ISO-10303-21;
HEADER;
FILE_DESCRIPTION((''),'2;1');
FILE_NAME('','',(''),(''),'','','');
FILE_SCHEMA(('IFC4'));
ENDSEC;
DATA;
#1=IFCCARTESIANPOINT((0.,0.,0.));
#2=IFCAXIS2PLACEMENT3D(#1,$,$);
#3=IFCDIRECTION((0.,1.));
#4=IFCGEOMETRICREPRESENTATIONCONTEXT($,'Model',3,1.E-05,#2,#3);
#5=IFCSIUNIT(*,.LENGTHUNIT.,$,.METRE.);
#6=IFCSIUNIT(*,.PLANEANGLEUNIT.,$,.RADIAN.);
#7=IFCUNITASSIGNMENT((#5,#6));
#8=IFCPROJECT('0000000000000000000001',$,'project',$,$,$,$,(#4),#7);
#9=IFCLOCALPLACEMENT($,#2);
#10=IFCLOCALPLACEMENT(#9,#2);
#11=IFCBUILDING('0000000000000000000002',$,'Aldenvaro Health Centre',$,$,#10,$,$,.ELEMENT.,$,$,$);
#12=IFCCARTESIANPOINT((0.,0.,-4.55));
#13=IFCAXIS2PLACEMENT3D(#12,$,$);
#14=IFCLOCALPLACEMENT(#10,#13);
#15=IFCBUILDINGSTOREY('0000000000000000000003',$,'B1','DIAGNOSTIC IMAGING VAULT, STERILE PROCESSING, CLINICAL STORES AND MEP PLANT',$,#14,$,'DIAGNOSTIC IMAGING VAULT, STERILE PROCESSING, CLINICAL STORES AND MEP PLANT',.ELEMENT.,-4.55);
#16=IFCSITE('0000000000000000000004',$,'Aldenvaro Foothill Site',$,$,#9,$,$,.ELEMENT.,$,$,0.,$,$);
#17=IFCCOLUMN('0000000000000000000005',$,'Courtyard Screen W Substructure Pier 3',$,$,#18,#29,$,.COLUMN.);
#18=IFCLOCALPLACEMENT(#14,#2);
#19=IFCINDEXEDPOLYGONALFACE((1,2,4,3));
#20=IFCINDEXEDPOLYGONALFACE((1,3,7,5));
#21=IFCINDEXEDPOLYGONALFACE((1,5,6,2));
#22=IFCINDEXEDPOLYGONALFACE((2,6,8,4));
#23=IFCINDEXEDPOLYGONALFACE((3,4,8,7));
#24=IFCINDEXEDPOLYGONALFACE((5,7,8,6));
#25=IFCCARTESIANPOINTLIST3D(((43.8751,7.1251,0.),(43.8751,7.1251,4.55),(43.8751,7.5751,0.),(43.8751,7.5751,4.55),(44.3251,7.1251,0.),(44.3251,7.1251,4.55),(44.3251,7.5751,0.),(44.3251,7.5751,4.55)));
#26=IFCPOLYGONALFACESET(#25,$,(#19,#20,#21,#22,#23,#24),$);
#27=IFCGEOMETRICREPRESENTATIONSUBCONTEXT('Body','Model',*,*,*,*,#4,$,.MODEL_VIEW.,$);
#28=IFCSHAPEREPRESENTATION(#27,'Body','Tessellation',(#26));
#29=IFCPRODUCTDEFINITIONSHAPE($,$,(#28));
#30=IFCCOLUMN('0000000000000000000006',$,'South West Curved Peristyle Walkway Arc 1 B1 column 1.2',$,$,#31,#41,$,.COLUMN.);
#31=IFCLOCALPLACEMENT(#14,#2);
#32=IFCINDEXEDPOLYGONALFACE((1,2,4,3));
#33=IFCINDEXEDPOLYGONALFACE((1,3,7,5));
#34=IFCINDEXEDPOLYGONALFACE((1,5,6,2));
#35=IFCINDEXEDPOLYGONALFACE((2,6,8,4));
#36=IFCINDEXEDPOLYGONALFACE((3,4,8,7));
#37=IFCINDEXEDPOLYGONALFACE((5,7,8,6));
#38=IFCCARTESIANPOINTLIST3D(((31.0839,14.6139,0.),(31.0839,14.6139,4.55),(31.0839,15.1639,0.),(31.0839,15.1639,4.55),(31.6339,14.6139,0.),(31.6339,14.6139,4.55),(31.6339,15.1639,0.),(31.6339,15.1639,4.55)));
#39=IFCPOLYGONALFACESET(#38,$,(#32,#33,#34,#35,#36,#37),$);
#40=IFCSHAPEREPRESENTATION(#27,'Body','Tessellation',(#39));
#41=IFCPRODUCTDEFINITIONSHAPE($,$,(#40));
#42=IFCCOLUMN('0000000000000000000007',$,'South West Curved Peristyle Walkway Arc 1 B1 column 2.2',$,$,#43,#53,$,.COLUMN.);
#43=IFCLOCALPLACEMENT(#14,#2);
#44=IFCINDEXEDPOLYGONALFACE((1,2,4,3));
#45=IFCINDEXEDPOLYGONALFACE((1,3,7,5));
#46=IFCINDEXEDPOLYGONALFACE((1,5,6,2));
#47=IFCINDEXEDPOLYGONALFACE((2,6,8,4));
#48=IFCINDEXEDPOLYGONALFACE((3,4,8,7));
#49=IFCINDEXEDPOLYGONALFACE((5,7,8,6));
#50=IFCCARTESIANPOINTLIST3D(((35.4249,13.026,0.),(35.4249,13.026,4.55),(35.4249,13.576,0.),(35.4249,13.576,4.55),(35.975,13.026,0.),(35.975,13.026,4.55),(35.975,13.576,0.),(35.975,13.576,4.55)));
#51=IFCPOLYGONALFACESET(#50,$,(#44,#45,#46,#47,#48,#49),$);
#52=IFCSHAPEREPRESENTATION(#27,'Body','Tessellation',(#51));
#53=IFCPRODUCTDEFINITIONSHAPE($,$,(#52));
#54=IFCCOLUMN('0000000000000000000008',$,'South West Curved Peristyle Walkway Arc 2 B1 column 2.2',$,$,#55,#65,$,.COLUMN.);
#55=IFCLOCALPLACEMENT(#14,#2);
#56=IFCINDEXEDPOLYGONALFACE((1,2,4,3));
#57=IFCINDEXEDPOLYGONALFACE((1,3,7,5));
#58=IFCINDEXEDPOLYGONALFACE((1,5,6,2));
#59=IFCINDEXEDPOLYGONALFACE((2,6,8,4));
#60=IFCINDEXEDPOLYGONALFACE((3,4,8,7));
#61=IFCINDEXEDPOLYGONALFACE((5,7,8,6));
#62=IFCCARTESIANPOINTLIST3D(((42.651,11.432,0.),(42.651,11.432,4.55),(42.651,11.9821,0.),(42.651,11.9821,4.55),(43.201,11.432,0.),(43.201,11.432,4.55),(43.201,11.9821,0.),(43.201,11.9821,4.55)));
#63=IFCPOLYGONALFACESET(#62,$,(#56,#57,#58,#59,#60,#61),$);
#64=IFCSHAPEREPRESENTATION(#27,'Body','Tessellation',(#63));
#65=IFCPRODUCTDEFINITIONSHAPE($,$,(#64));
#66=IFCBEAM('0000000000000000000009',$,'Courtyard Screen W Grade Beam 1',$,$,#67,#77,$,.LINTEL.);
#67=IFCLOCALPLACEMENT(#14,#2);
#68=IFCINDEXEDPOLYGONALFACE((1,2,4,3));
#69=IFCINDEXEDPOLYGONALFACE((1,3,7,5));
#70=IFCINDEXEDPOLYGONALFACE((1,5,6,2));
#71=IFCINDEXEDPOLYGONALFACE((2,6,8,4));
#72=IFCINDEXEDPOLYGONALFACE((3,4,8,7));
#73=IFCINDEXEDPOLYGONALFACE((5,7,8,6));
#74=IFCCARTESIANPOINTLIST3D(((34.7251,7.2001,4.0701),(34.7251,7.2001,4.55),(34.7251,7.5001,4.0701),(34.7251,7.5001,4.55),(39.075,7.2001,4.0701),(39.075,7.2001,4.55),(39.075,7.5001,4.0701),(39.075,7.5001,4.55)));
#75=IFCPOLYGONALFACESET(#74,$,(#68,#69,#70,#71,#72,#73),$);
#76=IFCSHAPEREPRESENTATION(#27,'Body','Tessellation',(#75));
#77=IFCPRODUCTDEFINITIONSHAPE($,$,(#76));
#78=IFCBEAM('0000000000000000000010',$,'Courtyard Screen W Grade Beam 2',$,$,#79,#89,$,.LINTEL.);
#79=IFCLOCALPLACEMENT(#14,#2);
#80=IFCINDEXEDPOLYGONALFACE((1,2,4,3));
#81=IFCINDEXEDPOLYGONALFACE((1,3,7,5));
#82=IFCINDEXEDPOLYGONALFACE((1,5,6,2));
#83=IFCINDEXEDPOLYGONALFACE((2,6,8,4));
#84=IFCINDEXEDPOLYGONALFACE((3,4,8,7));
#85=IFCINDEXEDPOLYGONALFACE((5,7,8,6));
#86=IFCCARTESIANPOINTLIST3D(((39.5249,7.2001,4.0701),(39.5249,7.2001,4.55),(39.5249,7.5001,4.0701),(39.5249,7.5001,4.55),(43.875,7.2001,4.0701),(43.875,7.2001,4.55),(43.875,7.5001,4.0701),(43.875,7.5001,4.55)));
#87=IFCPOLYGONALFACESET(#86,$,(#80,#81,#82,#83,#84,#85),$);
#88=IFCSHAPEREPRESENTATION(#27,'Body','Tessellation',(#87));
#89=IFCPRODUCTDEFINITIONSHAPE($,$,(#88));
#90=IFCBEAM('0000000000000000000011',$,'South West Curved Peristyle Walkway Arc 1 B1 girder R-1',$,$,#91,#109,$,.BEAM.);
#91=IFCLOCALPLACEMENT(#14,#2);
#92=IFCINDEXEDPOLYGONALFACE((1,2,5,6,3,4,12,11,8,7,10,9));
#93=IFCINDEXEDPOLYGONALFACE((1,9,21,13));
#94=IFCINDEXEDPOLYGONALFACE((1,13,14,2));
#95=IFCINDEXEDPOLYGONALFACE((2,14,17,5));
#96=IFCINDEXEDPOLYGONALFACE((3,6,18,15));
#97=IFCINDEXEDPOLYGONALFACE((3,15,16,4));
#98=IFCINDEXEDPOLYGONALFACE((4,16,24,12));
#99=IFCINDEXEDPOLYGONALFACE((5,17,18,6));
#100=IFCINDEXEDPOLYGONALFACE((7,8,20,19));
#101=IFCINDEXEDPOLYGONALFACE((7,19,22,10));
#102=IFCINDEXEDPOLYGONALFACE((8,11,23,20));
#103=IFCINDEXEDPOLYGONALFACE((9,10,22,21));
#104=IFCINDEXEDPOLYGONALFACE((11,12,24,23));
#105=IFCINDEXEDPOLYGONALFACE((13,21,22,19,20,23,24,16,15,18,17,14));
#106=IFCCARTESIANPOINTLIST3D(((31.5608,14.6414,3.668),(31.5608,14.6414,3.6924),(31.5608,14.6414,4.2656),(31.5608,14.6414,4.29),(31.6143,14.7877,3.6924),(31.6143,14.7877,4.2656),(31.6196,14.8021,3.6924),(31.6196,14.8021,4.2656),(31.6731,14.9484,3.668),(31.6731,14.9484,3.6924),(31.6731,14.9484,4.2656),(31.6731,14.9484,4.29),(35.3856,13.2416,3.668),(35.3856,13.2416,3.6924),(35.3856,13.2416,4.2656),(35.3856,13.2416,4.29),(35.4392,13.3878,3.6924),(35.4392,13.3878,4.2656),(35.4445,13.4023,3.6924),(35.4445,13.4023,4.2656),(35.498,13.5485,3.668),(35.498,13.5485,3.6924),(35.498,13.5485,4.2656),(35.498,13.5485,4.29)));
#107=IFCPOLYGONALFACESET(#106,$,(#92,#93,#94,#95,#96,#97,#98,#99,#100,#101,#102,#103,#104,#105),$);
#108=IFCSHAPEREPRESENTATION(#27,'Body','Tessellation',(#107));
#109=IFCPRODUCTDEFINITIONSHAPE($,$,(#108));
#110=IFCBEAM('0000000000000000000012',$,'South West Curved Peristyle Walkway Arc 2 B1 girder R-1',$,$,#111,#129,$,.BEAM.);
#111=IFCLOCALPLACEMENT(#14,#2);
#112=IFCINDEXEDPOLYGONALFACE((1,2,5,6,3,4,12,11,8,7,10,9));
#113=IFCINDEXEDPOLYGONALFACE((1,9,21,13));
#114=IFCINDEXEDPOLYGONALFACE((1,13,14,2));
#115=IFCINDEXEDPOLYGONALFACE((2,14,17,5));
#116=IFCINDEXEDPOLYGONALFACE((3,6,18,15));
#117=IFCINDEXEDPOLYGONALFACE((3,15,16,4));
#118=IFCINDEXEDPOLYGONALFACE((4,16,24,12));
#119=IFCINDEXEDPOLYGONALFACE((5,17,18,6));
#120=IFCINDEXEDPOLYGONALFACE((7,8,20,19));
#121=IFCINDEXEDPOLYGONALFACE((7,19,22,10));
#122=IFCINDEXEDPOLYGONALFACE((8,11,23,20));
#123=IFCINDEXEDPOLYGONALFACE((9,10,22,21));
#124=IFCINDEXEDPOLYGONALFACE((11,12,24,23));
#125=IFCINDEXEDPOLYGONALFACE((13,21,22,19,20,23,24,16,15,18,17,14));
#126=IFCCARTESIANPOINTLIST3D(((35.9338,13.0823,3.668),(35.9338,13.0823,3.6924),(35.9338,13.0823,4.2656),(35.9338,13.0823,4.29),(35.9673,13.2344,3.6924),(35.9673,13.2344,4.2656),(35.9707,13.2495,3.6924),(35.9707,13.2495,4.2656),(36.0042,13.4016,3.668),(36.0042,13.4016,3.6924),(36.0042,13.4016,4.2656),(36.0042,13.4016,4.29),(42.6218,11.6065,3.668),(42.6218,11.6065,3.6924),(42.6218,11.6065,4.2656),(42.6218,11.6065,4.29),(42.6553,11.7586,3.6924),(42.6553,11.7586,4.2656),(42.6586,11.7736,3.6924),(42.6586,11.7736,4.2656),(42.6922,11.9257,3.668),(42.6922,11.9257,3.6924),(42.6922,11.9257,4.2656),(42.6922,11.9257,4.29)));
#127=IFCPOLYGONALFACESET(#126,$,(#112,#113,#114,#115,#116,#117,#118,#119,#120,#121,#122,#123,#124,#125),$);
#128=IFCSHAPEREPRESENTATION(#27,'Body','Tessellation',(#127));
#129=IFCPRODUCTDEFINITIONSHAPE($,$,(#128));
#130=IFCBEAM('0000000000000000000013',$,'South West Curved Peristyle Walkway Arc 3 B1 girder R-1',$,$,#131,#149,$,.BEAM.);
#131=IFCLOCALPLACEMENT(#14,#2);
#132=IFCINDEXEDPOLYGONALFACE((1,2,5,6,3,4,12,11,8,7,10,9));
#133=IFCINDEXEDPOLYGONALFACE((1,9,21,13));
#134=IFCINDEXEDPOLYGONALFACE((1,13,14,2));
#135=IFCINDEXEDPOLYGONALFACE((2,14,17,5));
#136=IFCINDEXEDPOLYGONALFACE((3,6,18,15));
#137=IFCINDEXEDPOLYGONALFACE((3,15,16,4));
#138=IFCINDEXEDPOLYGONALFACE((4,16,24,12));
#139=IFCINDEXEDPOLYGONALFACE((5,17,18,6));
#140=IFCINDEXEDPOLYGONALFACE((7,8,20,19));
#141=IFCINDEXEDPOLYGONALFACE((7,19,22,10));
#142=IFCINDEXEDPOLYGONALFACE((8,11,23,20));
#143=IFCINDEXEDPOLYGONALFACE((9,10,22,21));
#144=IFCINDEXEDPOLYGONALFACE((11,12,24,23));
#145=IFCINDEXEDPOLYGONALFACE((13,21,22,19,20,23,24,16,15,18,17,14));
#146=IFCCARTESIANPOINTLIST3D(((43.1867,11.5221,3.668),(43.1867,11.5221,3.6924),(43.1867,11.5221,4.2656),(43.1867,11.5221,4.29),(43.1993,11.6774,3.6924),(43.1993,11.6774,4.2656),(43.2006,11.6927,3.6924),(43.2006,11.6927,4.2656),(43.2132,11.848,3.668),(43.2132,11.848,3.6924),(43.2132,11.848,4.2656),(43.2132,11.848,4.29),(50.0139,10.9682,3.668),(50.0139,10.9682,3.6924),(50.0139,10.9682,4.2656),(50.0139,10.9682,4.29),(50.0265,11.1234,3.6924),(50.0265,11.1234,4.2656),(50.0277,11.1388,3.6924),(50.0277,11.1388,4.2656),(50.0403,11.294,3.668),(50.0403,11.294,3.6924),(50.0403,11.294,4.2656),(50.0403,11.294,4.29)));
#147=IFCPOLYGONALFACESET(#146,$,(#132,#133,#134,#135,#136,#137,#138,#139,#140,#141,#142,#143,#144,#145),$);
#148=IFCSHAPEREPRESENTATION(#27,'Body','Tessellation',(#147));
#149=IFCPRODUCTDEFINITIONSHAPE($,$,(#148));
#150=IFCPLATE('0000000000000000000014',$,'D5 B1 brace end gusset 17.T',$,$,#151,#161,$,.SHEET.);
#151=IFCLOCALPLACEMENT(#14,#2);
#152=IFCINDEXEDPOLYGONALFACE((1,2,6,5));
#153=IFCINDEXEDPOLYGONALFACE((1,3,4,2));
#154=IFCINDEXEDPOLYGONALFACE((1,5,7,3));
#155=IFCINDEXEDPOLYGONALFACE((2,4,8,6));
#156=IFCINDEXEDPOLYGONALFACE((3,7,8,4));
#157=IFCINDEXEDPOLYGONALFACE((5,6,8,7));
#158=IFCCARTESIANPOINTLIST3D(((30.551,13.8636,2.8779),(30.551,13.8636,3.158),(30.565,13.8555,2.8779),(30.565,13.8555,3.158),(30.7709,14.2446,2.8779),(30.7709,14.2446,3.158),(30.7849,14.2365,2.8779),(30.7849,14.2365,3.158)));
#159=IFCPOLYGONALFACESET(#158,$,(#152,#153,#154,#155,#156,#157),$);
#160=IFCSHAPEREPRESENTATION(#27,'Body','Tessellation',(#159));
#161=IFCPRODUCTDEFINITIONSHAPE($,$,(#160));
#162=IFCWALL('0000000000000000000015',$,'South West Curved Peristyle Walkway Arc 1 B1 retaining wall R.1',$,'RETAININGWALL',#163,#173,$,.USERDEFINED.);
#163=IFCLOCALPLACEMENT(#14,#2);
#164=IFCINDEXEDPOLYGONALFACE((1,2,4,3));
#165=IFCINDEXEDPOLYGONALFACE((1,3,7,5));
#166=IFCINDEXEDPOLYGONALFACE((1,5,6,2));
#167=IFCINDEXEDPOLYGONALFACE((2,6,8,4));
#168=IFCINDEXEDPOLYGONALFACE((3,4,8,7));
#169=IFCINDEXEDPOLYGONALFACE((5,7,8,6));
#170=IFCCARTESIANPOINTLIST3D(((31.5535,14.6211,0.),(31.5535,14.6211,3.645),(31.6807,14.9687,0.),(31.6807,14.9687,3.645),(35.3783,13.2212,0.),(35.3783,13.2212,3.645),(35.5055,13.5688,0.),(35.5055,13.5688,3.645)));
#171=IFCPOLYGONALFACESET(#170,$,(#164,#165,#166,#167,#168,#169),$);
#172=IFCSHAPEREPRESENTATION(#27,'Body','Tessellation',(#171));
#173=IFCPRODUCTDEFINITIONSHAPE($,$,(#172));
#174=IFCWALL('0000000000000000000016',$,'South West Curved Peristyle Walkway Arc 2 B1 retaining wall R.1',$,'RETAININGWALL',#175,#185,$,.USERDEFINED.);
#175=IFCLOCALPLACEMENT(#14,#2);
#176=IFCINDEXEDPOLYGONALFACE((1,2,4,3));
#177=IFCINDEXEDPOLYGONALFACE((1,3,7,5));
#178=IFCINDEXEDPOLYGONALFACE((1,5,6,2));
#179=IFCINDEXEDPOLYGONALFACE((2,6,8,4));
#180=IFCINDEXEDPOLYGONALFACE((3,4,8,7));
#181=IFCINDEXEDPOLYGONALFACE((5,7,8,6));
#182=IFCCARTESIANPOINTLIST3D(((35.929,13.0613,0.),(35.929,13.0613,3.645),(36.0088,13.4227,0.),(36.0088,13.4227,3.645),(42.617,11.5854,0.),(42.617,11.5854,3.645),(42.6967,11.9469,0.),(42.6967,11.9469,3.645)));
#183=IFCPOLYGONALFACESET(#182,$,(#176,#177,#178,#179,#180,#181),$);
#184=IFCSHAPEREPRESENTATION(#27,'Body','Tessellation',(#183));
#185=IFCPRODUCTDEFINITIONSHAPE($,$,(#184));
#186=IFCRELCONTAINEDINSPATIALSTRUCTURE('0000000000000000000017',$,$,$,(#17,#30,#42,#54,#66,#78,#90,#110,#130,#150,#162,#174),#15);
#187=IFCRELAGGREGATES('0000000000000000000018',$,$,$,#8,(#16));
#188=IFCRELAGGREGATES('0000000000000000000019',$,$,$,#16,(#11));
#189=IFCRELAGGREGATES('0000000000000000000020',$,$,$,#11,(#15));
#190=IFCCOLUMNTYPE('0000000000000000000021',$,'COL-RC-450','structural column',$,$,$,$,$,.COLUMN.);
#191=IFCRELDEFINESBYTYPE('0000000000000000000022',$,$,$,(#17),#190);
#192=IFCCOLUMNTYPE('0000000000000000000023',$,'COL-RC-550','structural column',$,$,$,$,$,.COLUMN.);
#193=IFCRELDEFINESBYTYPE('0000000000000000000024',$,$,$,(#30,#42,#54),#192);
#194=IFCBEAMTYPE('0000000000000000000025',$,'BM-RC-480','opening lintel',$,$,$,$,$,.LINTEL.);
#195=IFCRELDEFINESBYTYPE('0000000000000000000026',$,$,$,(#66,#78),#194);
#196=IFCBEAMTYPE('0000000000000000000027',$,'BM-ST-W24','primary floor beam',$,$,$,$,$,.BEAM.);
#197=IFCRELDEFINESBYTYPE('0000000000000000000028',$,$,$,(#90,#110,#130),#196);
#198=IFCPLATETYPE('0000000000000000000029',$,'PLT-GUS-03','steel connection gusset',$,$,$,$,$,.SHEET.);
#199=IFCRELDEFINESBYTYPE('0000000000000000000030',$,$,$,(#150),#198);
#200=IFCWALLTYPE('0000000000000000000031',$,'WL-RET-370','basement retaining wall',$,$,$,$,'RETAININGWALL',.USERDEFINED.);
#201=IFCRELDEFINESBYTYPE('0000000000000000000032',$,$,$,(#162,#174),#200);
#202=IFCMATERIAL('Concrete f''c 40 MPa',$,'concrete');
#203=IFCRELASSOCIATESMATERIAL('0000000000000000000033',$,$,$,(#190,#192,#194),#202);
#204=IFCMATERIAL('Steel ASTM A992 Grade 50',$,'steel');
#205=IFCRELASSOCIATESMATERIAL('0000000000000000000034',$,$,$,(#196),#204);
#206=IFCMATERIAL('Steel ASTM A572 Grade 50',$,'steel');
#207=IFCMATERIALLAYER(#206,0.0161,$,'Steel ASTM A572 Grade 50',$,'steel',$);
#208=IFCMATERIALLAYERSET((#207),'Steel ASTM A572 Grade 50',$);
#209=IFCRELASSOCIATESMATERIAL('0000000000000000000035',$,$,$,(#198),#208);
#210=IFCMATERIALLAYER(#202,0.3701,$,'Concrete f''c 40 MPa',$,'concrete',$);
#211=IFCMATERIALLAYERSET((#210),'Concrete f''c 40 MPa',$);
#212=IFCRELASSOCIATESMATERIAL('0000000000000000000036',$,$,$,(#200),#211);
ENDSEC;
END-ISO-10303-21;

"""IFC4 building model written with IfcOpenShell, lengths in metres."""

from ifc_helpers import new_model, si_unit, direction, frame, frame_2d, origin, origin_2d, place, context, subcontext, project, spatial, rectangle, i_section, extrude, material, layer, layer_set, material_profile, profile_set, type_object, element, save


model = new_model("IFC4")

# Units and contexts
model_context = context("Model", 3, precision=1e-05, world=origin(), true_north=direction((0.0, 1.0)))
body_context = subcontext(model_context, "Body", "Model", "MODEL_VIEW")
ifc_project = project(units=[si_unit("LENGTHUNIT", "METRE"), si_unit("PLANEANGLEUNIT", "RADIAN")], contexts=[model_context])

# Site, building, storey
site_placement = place(None, origin())
site = spatial("IfcSite", under=ifc_project, at=site_placement, Name="Aldenvaro Foothill Site", CompositionType="ELEMENT", RefElevation=0.0)
building_placement = place(site_placement, origin())
building = spatial("IfcBuilding", under=site, at=building_placement, Name="Aldenvaro Health Centre", CompositionType="ELEMENT")
storey_placement = place(building_placement, frame((0.0, 0.0, -4.55)))
storey = spatial("IfcBuildingStorey", under=building, at=storey_placement, Name="B1", Description="DIAGNOSTIC IMAGING VAULT, STERILE PROCESSING, CLINICAL STORES AND MEP PLANT", LongName="DIAGNOSTIC IMAGING VAULT, STERILE PROCESSING, CLINICAL STORES AND MEP PLANT", CompositionType="ELEMENT", Elevation=-4.55)

# Shared definitions
ifc_material_1 = material(Name="Concrete f'c 40 MPa", Category="concrete")

# Columns
ifc_material_profile_1 = material_profile(ifc_material_1, rectangle(XDim=0.45, YDim=0.45, at=origin_2d()), Name="RC 450x450", Category="concrete")
ifc_profile_set_1 = profile_set([ifc_material_profile_1], Name="Concrete f'c 40 MPa")
column_type_1 = type_object("IfcColumnType", Name="COL-RC-450", Description="structural column", PredefinedType="COLUMN", material=ifc_profile_set_1)
for number, where, z_axis, x_axis, name in (
    (1, (44.1001, 7.3501, 0.0), (0.0, 0.0, 1.0), (1.0, 0.0, 0.0), "Courtyard Screen W Substructure Pier 3"),
):
    element("IfcColumn", number, at=place(storey_placement, frame(where, z_axis=z_axis, x_axis=x_axis)), inside=storey, type_object=column_type_1, Name=name, PredefinedType="COLUMN", context=body_context, shape_type="SweptSolid", body=[
        extrude(rectangle(XDim=0.45, YDim=0.45, at=origin_2d()), origin(), (0.0, 0.0, 1.0), 4.55),
    ])
ifc_material_profile_2 = material_profile(ifc_material_1, rectangle(XDim=0.55, YDim=0.55, at=origin_2d()), Name="RC 550x550", Category="concrete")
ifc_profile_set_2 = profile_set([ifc_material_profile_2], Name="Concrete f'c 40 MPa")
column_type_2 = type_object("IfcColumnType", Name="COL-RC-550", Description="structural column", PredefinedType="COLUMN", material=ifc_profile_set_2)
for number, where, z_axis, x_axis, name in (
    (2, (31.3589, 14.8889, 0.0), (0.0, 0.0, 1.0), (1.0, 0.0, 0.0), "South West Curved Peristyle Walkway Arc 1 B1 column 1.2"),
    (3, (35.7, 13.301, 0.0), (0.0, 0.0, 1.0), (1.0, 0.0, 0.0), "South West Curved Peristyle Walkway Arc 1 B1 column 2.2"),
    (4, (42.926, 11.707, 0.0), (0.0, 0.0, 1.0), (1.0, 0.0, 0.0), "South West Curved Peristyle Walkway Arc 2 B1 column 2.2"),
):
    element("IfcColumn", number, at=place(storey_placement, frame(where, z_axis=z_axis, x_axis=x_axis)), inside=storey, type_object=column_type_2, Name=name, PredefinedType="COLUMN", context=body_context, shape_type="SweptSolid", body=[
        extrude(rectangle(XDim=0.55, YDim=0.55, at=origin_2d()), origin(), (0.0, 0.0, 1.0), 4.55),
    ])

# Beams
ifc_material_profile_3 = material_profile(ifc_material_1, rectangle(XDim=0.3, YDim=0.48, at=origin_2d()), Name="RC 300x480", Category="concrete")
ifc_profile_set_3 = profile_set([ifc_material_profile_3], Name="Concrete f'c 40 MPa")
beam_type_1 = type_object("IfcBeamType", Name="BM-RC-480", Description="opening lintel", PredefinedType="LINTEL", material=ifc_profile_set_3)
beam_1_placement = place(storey_placement, frame((34.7251, 7.3501, 4.3101), z_axis=(1.0, 0.0, 0.0), x_axis=(0.0, 1.0, 0.0)))
element("IfcBeam", 5, at=beam_1_placement, inside=storey, type_object=beam_type_1, Name="Courtyard Screen W Grade Beam 1", PredefinedType="LINTEL", context=body_context, shape_type="SweptSolid", body=[
    extrude(rectangle(XDim=0.3, YDim=0.48, at=origin_2d()), origin(), (0.0, 0.0, 1.0), 4.3499),
])
beam_2_placement = place(storey_placement, frame((39.5249, 7.3501, 4.3101), z_axis=(1.0, 0.0, 0.0), x_axis=(0.0, 1.0, 0.0)))
element("IfcBeam", 6, at=beam_2_placement, inside=storey, type_object=beam_type_1, Name="Courtyard Screen W Grade Beam 2", PredefinedType="LINTEL", context=body_context, shape_type="SweptSolid", body=[
    extrude(rectangle(XDim=0.3, YDim=0.48, at=origin_2d()), origin(), (0.0, 0.0, 1.0), 4.3501),
])
ifc_material_2 = material(Name="Steel ASTM A992 Grade 50", Category="steel")
ifc_material_profile_4 = material_profile(ifc_material_2, i_section(OverallWidth=0.3269, OverallDepth=0.6221, WebThickness=0.0154, FlangeThickness=0.0244, at=origin_2d()), Name="W24X131", Category="steel")
ifc_profile_set_4 = profile_set([ifc_material_profile_4], Name="Steel ASTM A992 Grade 50")
beam_type_2 = type_object("IfcBeamType", Name="BM-ST-W24", Description="primary floor beam", PredefinedType="BEAM", material=ifc_profile_set_4)
beam_3_placement = place(storey_placement, frame((31.6169, 14.7949, 3.979), z_axis=(0.939081, -0.343696, 0.0), x_axis=(0.343696, 0.939081, 0.0)))
element("IfcBeam", 7, at=beam_3_placement, inside=storey, type_object=beam_type_2, Name="South West Curved Peristyle Walkway Arc 1 B1 girder R-1", PredefinedType="BEAM", context=body_context, shape_type="SweptSolid", body=[
    extrude(i_section(OverallWidth=0.3269, OverallDepth=0.6221, WebThickness=0.0154, FlangeThickness=0.0244, at=origin_2d()), origin(), (0.0, 0.0, 1.0), 4.073),
])
beam_4_placement = place(storey_placement, frame((35.969, 13.2419, 3.979), z_axis=(0.976507, -0.215485, 0.0), x_axis=(0.215485, 0.976507, 0.0)))
element("IfcBeam", 8, at=beam_4_placement, inside=storey, type_object=beam_type_2, Name="South West Curved Peristyle Walkway Arc 2 B1 girder R-1", PredefinedType="BEAM", context=body_context, shape_type="SweptSolid", body=[
    extrude(i_section(OverallWidth=0.3269, OverallDepth=0.6221, WebThickness=0.0154, FlangeThickness=0.0244, at=origin_2d()), origin(), (0.0, 0.0, 1.0), 6.8489),
])
beam_5_placement = place(storey_placement, frame((43.2, 11.6851, 3.979), z_axis=(0.996724, -0.080874, 0.0), x_axis=(0.080874, 0.996724, 0.0)))
element("IfcBeam", 9, at=beam_5_placement, inside=storey, type_object=beam_type_2, Name="South West Curved Peristyle Walkway Arc 3 B1 girder R-1", PredefinedType="BEAM", context=body_context, shape_type="SweptSolid", body=[
    extrude(i_section(OverallWidth=0.3269, OverallDepth=0.6221, WebThickness=0.0154, FlangeThickness=0.0244, at=origin_2d()), origin(), (0.0, 0.0, 1.0), 6.8496),
])

# Plate
ifc_material_3 = material(Name="Steel ASTM A572 Grade 50", Category="steel")
ifc_layer_1 = layer(ifc_material_3, 0.0161, Name="Steel ASTM A572 Grade 50", Category="steel")
ifc_layer_set_1 = layer_set([ifc_layer_1], Name="Steel ASTM A572 Grade 50")
plate_type = type_object("IfcPlateType", Name="PLT-GUS-03", Description="steel connection gusset", PredefinedType="SHEET", material=ifc_layer_set_1)
plate_placement = place(storey_placement, frame((30.668, 14.05, 2.8779), z_axis=(0.0, 0.0, 1.0), x_axis=(0.499849, 0.866113, 0.0)))
element("IfcPlate", 10, at=plate_placement, inside=storey, type_object=plate_type, Name="D5 B1 brace end gusset 17.T", PredefinedType="SHEET", context=body_context, shape_type="SweptSolid", body=[
    extrude(rectangle(XDim=0.4399, YDim=0.0161, at=origin_2d()), origin(), (0.0, 0.0, 1.0), 0.28),
])

# Walls
ifc_layer_2 = layer(ifc_material_1, 0.3701, Name="Concrete f'c 40 MPa", Category="concrete")
ifc_layer_set_2 = layer_set([ifc_layer_2], Name="Concrete f'c 40 MPa")
wall_type = type_object("IfcWallType", Name="WL-RET-370", Description="basement retaining wall", ElementType="RETAININGWALL", PredefinedType="USERDEFINED", material=ifc_layer_set_2)
wall_1_placement = place(storey_placement, frame((31.6169, 14.7949, 0.0), z_axis=(0.0, 0.0, 1.0), x_axis=(0.939081, -0.343696, 0.0)))
element("IfcWall", 11, at=wall_1_placement, inside=storey, type_object=wall_type, Name="South West Curved Peristyle Walkway Arc 1 B1 retaining wall R.1", ObjectType="RETAININGWALL", PredefinedType="USERDEFINED", context=body_context, shape_type="SweptSolid", body=[
    extrude(rectangle(XDim=4.073, YDim=0.3701, at=frame_2d((2.0366, 0.0))), origin(), (0.0, 0.0, 1.0), 3.645),
])
wall_2_placement = place(storey_placement, frame((35.969, 13.2419, 0.0), z_axis=(0.0, 0.0, 1.0), x_axis=(0.976507, -0.215485, 0.0)))
element("IfcWall", 12, at=wall_2_placement, inside=storey, type_object=wall_type, Name="South West Curved Peristyle Walkway Arc 2 B1 retaining wall R.1", ObjectType="RETAININGWALL", PredefinedType="USERDEFINED", context=body_context, shape_type="SweptSolid", body=[
    extrude(rectangle(XDim=6.8489, YDim=0.3701, at=frame_2d((3.4243, 0.0))), origin(), (0.0, 0.0, 1.0), 3.645),
])

save(model, "model.ifc")
